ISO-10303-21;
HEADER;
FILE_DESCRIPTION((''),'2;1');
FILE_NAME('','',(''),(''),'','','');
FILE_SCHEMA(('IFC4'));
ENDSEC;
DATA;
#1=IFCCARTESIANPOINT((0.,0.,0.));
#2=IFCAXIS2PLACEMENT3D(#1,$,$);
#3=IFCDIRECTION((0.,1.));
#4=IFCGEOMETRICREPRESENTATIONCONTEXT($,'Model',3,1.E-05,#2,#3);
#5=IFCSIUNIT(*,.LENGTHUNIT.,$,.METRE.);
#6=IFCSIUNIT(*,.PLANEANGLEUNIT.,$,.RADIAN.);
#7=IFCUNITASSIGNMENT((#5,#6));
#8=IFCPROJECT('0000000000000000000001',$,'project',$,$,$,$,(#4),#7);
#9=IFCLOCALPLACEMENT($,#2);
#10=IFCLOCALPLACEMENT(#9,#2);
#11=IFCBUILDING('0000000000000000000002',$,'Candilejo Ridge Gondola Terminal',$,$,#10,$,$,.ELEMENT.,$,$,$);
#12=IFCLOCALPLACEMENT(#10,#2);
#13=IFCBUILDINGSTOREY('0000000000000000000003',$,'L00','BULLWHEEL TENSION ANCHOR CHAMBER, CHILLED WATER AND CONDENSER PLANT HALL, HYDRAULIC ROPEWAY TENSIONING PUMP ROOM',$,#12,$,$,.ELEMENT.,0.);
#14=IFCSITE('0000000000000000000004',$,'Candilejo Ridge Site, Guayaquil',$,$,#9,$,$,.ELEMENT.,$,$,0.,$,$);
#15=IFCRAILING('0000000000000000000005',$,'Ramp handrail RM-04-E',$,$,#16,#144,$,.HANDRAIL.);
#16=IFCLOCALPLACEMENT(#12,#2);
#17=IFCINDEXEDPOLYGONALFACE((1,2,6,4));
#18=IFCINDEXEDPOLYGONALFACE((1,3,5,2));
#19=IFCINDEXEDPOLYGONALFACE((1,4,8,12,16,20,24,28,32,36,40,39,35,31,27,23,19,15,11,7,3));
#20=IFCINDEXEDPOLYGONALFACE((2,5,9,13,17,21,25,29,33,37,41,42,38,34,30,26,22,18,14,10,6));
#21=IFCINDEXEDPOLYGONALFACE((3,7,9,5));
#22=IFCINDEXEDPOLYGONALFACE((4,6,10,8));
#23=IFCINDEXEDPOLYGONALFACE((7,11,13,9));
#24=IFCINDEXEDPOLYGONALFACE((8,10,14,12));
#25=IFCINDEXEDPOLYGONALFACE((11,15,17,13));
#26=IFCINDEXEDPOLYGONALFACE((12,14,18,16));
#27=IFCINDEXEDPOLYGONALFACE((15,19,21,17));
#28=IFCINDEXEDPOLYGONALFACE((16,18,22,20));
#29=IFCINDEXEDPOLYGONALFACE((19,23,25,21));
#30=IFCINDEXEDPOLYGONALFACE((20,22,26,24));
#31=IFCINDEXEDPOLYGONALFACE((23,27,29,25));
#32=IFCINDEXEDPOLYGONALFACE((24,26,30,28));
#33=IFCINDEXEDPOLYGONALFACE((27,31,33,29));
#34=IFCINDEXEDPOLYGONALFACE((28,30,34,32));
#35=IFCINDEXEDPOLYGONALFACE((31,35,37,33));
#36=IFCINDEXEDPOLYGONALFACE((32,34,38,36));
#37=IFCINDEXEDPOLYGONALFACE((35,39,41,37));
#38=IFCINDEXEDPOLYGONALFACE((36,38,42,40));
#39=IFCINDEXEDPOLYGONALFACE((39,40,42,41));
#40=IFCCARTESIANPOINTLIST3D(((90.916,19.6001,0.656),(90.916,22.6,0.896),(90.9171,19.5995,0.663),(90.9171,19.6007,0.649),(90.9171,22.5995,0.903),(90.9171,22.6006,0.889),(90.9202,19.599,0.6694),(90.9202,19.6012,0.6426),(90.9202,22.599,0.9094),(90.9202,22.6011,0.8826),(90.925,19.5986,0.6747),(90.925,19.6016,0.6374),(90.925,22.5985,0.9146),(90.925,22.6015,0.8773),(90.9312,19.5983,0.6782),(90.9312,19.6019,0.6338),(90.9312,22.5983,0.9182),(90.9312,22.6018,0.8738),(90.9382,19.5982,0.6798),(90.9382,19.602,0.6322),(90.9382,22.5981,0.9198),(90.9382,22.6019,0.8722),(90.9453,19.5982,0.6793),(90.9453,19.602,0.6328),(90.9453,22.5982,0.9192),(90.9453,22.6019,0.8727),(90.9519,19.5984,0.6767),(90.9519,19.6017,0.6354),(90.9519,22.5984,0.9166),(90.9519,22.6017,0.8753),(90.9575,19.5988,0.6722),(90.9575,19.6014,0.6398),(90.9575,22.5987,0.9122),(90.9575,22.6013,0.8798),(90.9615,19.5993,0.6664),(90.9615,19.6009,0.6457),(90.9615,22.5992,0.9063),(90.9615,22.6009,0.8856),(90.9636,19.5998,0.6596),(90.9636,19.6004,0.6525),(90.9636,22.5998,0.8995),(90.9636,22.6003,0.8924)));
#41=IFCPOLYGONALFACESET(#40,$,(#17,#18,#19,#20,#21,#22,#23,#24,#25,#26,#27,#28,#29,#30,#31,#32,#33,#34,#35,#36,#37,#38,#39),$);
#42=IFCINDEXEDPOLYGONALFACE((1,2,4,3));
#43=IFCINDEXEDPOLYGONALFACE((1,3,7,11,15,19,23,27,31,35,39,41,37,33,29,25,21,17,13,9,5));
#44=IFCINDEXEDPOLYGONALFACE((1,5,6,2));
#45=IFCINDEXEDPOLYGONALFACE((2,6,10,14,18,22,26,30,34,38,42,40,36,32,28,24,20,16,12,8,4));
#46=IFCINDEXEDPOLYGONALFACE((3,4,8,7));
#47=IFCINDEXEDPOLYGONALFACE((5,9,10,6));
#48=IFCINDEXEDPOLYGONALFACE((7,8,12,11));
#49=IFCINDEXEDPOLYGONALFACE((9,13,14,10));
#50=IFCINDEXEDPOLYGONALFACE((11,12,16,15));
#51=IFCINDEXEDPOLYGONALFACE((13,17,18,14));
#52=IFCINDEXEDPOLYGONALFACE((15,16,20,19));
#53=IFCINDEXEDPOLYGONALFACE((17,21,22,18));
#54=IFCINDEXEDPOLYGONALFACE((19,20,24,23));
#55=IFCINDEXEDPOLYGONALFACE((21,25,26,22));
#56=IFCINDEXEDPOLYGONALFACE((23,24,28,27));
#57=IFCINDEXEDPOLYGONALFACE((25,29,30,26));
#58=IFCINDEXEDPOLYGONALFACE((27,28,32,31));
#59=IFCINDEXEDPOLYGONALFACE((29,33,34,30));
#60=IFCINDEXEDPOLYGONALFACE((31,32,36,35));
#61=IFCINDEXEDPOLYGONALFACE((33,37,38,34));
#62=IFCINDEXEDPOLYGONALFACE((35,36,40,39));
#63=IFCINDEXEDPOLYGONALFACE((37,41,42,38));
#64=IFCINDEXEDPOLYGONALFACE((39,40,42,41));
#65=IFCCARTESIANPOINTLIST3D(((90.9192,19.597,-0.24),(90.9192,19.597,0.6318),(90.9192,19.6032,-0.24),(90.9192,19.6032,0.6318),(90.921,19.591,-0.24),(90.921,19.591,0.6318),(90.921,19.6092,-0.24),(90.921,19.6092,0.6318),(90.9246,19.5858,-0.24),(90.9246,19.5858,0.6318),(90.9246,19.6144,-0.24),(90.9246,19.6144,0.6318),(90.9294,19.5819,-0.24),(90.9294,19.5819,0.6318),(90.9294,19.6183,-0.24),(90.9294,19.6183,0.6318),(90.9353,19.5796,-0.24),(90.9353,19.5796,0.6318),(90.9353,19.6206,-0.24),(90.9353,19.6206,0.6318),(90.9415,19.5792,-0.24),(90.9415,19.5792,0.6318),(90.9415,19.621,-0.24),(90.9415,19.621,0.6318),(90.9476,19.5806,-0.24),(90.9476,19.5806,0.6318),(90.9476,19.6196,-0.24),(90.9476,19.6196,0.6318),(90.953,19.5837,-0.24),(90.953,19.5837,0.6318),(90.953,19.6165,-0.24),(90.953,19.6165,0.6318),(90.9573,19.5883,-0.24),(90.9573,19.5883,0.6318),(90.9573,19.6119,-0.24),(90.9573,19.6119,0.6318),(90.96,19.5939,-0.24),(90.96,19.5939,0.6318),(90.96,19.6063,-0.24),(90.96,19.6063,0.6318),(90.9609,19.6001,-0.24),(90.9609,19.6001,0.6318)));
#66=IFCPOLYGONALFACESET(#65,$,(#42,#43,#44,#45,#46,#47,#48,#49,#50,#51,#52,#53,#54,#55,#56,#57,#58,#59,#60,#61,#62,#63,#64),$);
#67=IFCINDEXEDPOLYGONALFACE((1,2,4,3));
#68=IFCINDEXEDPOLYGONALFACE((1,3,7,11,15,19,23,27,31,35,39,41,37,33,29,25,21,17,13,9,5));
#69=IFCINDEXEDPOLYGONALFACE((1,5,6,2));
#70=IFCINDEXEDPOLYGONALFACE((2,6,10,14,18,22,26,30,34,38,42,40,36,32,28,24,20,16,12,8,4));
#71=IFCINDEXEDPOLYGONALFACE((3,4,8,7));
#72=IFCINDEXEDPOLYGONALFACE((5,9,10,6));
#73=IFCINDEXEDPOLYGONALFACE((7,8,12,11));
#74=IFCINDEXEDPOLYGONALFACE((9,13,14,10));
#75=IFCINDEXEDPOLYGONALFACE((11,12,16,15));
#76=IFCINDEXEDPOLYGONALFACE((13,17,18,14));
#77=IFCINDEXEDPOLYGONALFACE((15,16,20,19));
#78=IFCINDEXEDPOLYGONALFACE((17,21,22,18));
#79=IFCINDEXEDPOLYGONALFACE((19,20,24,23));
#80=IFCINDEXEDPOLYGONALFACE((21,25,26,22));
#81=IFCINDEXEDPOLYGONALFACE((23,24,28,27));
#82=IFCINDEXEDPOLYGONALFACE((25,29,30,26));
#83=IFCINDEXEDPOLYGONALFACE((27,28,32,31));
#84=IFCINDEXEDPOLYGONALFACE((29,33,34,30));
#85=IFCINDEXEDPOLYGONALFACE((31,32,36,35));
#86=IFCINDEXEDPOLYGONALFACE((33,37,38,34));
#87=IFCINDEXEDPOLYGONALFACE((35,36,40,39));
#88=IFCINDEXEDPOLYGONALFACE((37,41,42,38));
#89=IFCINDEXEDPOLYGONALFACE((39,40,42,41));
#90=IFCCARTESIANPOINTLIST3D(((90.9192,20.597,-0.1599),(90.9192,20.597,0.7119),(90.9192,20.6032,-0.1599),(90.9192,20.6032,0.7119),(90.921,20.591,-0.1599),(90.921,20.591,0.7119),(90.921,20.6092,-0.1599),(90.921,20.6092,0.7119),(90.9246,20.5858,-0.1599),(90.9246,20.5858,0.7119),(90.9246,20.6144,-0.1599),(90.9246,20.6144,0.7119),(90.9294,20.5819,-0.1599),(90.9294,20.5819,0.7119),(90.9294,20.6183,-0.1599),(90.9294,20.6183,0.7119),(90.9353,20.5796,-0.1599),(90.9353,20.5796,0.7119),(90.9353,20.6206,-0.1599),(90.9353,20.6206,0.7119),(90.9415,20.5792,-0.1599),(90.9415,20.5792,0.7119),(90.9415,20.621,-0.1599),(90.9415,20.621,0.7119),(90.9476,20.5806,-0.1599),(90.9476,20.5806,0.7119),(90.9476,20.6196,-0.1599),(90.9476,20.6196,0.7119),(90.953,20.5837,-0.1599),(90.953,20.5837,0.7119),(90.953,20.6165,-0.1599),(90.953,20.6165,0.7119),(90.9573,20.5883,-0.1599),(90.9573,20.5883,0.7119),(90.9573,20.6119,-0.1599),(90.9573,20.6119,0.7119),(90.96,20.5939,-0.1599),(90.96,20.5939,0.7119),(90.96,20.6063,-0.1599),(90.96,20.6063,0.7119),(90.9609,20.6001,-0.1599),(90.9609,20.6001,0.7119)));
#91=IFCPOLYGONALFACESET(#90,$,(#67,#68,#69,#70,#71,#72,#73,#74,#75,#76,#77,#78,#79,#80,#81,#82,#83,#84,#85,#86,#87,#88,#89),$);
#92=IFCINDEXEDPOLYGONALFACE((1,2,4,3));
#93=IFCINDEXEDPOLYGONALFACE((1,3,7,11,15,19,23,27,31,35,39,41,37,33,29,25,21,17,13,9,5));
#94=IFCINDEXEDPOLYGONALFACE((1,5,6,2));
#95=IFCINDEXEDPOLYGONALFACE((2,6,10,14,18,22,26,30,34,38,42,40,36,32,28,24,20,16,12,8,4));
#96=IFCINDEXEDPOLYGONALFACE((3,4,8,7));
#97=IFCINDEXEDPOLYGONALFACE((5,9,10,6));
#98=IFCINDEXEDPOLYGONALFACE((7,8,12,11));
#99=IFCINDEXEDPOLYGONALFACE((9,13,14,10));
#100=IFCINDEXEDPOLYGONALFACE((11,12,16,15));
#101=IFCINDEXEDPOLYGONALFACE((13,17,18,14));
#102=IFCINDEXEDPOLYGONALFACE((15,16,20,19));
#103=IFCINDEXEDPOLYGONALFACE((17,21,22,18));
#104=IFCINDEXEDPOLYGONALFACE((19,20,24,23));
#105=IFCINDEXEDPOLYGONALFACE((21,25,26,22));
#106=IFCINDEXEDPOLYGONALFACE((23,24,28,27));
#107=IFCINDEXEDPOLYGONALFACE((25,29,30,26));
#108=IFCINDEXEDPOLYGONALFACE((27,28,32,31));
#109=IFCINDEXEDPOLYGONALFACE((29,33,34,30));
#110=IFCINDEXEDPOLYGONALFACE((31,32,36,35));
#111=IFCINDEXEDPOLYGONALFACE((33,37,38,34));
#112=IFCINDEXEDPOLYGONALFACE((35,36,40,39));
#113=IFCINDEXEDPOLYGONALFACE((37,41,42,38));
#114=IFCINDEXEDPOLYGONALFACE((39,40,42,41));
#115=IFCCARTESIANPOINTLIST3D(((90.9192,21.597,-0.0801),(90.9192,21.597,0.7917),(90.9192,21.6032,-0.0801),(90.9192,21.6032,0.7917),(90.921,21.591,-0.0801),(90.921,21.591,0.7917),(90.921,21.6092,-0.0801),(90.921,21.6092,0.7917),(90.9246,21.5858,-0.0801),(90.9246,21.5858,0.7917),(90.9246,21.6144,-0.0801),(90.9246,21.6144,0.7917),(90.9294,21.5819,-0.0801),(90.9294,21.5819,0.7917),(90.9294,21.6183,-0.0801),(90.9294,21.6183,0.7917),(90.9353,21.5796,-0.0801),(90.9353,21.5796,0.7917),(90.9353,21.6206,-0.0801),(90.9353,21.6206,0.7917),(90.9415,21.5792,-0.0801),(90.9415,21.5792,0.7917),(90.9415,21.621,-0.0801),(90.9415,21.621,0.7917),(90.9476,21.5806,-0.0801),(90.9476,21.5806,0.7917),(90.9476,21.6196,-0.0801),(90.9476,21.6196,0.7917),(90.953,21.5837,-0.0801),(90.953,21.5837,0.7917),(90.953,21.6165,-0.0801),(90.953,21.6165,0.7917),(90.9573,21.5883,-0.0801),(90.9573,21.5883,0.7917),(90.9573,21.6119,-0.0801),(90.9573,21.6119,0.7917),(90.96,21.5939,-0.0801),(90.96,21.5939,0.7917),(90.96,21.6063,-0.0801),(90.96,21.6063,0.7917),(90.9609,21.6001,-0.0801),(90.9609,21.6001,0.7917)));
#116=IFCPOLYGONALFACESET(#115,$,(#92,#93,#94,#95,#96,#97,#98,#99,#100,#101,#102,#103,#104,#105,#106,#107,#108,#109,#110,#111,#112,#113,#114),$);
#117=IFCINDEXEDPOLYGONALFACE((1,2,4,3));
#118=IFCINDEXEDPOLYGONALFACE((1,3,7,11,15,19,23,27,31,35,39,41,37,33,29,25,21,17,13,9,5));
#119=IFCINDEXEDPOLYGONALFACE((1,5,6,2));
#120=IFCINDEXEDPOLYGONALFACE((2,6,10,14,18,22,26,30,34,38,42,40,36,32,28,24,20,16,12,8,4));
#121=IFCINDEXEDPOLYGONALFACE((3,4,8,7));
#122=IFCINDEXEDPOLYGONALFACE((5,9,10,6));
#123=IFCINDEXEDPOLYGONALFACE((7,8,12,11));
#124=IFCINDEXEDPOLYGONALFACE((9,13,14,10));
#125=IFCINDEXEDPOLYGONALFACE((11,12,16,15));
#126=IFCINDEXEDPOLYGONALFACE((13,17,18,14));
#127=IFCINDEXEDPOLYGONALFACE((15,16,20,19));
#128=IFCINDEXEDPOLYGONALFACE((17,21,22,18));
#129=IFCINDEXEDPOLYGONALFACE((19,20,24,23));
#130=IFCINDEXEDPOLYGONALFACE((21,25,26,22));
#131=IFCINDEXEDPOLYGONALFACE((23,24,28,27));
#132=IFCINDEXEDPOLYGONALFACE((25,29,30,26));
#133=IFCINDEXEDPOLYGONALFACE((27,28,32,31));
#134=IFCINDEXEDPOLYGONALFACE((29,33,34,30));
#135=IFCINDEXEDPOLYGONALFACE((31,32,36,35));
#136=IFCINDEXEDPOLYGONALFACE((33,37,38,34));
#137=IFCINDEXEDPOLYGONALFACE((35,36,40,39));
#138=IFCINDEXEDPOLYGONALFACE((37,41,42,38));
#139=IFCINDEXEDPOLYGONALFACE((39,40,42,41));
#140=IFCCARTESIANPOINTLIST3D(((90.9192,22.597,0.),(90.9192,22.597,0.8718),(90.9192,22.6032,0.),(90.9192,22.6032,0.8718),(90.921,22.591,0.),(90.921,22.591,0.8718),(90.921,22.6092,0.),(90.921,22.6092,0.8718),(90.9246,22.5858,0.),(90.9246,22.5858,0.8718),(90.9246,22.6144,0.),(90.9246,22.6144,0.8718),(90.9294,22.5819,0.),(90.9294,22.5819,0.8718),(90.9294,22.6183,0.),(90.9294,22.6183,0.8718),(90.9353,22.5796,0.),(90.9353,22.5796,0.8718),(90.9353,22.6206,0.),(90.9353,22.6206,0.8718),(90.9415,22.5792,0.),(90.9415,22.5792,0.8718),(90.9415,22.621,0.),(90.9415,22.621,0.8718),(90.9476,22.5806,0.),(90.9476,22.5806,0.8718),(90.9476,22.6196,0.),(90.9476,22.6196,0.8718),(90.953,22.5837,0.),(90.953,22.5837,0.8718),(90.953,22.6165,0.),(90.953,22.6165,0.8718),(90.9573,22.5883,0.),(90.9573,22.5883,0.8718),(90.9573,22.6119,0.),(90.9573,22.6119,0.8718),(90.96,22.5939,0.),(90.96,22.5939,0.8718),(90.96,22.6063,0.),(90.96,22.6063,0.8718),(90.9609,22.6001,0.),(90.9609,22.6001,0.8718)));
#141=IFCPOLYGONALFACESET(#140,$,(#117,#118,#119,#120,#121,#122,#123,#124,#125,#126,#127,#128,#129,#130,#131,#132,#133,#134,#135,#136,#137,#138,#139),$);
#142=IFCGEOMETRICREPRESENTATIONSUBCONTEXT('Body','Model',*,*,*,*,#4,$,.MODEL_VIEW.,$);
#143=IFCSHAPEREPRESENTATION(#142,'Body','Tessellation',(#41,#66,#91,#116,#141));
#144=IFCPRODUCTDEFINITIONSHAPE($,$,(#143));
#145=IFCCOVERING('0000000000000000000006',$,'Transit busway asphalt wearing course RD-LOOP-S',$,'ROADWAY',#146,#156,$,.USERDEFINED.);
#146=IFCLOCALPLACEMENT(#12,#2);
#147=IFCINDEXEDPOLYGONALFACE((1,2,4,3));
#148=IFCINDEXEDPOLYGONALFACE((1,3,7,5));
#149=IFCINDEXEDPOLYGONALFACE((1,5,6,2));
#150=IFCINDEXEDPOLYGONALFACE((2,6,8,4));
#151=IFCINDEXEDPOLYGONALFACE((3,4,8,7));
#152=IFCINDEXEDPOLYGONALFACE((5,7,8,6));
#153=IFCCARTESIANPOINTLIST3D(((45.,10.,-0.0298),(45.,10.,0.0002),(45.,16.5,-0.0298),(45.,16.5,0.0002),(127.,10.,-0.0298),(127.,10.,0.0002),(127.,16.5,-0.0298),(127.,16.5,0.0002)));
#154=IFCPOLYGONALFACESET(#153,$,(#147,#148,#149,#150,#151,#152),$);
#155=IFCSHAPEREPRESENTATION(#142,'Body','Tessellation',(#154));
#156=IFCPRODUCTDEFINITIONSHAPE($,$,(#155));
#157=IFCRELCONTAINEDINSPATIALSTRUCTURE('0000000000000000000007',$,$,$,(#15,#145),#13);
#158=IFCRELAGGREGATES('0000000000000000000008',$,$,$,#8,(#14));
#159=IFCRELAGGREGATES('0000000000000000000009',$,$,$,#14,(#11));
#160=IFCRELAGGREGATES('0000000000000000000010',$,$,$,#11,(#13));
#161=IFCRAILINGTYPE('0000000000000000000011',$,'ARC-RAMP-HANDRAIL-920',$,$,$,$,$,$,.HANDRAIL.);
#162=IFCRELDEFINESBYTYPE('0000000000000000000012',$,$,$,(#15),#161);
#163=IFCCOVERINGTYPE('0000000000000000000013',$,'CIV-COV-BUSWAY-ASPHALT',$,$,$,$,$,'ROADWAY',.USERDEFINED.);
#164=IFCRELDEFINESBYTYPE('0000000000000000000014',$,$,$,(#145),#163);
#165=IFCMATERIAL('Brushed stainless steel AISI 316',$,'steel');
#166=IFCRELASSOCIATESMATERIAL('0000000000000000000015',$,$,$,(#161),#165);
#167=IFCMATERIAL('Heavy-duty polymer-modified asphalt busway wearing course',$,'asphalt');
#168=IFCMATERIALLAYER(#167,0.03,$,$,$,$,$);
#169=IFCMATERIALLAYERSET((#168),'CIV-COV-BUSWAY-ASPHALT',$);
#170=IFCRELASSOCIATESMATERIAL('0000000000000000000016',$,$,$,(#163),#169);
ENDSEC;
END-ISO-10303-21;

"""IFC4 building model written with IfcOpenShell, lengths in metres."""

from ifc_helpers import new_model, si_unit, direction, frame, origin, origin_2d, place, context, subcontext, project, spatial, rectangle, circle, extrude, material, layer, layer_set, type_object, element, save


model = new_model("IFC4")

# Units and contexts
model_context = context("Model", 3, precision=1e-05, world=origin(), true_north=direction((0.0, 1.0)))
body_context = subcontext(model_context, "Body", "Model", "MODEL_VIEW")
ifc_project = project(units=[si_unit("LENGTHUNIT", "METRE"), si_unit("PLANEANGLEUNIT", "RADIAN")], contexts=[model_context])

# Site, building, storey
site_placement = place(None, origin())
site = spatial("IfcSite", under=ifc_project, at=site_placement, Name="Candilejo Ridge Site, Guayaquil", CompositionType="ELEMENT", RefElevation=0.0)
building_placement = place(site_placement, origin())
building = spatial("IfcBuilding", under=site, at=building_placement, Name="Candilejo Ridge Gondola Terminal", CompositionType="ELEMENT")
storey_placement = place(building_placement, origin())
storey = spatial("IfcBuildingStorey", under=building, at=storey_placement, Name="L00", Description="BULLWHEEL TENSION ANCHOR CHAMBER, CHILLED WATER AND CONDENSER PLANT HALL, HYDRAULIC ROPEWAY TENSIONING PUMP ROOM", CompositionType="ELEMENT", Elevation=0.0)

# Railing
ifc_material_1 = material(Name="Brushed stainless steel AISI 316", Category="steel")
railing_type = type_object("IfcRailingType", Name="ARC-RAMP-HANDRAIL-920", PredefinedType="HANDRAIL", material=ifc_material_1)
for number, where, name in (
    (1, (90.9399, 19.6001, -0.24), "Ramp handrail RM-04-E"),
):
    element("IfcRailing", number, at=place(storey_placement, frame(where)), inside=storey, type_object=railing_type, Name=name, PredefinedType="HANDRAIL", context=body_context, shape_type="SweptSolid", body=[
        extrude(circle(Radius=0.0239, at=origin_2d()), frame((0.0, 0.0, 0.896), z_axis=(0.0, 0.996816, 0.079742), x_axis=(-1.0, 0.0, 0.0)), (0.0, 0.0, 1.0), 3.0095),
        extrude(circle(Radius=0.021, at=origin_2d()), origin(), (0.0, 0.0, 1.0), 0.8718),
        extrude(circle(Radius=0.021, at=origin_2d()), frame((0.0, 1.0, 0.0801)), (0.0, 0.0, 1.0), 0.8718),
        extrude(circle(Radius=0.021, at=origin_2d()), frame((0.0, 2.0, 0.1599)), (0.0, 0.0, 1.0), 0.8718),
        extrude(circle(Radius=0.021, at=origin_2d()), frame((0.0, 3.0, 0.24)), (0.0, 0.0, 1.0), 0.8718),
    ])

# Covering
ifc_material_2 = material(Name="Heavy-duty polymer-modified asphalt busway wearing course", Category="asphalt")
ifc_layer_1 = layer(ifc_material_2, 0.03)
ifc_layer_set_1 = layer_set([ifc_layer_1], Name="CIV-COV-BUSWAY-ASPHALT")
covering_type = type_object("IfcCoveringType", Name="CIV-COV-BUSWAY-ASPHALT", ElementType="ROADWAY", PredefinedType="USERDEFINED", material=ifc_layer_set_1)
covering_placement = place(storey_placement, frame((86.0, 13.25, -0.0298), z_axis=(0.0, 0.0, 1.0), x_axis=(1.0, 0.0, 0.0)))
element("IfcCovering", 2, at=covering_placement, inside=storey, type_object=covering_type, Name="Transit busway asphalt wearing course RD-LOOP-S", ObjectType="ROADWAY", PredefinedType="USERDEFINED", context=body_context, shape_type="SweptSolid", body=[
    extrude(rectangle(XDim=82.0, YDim=6.5, at=origin_2d()), origin(), (0.0, 0.0, 1.0), 0.03),
])

save(model, "model.ifc")
